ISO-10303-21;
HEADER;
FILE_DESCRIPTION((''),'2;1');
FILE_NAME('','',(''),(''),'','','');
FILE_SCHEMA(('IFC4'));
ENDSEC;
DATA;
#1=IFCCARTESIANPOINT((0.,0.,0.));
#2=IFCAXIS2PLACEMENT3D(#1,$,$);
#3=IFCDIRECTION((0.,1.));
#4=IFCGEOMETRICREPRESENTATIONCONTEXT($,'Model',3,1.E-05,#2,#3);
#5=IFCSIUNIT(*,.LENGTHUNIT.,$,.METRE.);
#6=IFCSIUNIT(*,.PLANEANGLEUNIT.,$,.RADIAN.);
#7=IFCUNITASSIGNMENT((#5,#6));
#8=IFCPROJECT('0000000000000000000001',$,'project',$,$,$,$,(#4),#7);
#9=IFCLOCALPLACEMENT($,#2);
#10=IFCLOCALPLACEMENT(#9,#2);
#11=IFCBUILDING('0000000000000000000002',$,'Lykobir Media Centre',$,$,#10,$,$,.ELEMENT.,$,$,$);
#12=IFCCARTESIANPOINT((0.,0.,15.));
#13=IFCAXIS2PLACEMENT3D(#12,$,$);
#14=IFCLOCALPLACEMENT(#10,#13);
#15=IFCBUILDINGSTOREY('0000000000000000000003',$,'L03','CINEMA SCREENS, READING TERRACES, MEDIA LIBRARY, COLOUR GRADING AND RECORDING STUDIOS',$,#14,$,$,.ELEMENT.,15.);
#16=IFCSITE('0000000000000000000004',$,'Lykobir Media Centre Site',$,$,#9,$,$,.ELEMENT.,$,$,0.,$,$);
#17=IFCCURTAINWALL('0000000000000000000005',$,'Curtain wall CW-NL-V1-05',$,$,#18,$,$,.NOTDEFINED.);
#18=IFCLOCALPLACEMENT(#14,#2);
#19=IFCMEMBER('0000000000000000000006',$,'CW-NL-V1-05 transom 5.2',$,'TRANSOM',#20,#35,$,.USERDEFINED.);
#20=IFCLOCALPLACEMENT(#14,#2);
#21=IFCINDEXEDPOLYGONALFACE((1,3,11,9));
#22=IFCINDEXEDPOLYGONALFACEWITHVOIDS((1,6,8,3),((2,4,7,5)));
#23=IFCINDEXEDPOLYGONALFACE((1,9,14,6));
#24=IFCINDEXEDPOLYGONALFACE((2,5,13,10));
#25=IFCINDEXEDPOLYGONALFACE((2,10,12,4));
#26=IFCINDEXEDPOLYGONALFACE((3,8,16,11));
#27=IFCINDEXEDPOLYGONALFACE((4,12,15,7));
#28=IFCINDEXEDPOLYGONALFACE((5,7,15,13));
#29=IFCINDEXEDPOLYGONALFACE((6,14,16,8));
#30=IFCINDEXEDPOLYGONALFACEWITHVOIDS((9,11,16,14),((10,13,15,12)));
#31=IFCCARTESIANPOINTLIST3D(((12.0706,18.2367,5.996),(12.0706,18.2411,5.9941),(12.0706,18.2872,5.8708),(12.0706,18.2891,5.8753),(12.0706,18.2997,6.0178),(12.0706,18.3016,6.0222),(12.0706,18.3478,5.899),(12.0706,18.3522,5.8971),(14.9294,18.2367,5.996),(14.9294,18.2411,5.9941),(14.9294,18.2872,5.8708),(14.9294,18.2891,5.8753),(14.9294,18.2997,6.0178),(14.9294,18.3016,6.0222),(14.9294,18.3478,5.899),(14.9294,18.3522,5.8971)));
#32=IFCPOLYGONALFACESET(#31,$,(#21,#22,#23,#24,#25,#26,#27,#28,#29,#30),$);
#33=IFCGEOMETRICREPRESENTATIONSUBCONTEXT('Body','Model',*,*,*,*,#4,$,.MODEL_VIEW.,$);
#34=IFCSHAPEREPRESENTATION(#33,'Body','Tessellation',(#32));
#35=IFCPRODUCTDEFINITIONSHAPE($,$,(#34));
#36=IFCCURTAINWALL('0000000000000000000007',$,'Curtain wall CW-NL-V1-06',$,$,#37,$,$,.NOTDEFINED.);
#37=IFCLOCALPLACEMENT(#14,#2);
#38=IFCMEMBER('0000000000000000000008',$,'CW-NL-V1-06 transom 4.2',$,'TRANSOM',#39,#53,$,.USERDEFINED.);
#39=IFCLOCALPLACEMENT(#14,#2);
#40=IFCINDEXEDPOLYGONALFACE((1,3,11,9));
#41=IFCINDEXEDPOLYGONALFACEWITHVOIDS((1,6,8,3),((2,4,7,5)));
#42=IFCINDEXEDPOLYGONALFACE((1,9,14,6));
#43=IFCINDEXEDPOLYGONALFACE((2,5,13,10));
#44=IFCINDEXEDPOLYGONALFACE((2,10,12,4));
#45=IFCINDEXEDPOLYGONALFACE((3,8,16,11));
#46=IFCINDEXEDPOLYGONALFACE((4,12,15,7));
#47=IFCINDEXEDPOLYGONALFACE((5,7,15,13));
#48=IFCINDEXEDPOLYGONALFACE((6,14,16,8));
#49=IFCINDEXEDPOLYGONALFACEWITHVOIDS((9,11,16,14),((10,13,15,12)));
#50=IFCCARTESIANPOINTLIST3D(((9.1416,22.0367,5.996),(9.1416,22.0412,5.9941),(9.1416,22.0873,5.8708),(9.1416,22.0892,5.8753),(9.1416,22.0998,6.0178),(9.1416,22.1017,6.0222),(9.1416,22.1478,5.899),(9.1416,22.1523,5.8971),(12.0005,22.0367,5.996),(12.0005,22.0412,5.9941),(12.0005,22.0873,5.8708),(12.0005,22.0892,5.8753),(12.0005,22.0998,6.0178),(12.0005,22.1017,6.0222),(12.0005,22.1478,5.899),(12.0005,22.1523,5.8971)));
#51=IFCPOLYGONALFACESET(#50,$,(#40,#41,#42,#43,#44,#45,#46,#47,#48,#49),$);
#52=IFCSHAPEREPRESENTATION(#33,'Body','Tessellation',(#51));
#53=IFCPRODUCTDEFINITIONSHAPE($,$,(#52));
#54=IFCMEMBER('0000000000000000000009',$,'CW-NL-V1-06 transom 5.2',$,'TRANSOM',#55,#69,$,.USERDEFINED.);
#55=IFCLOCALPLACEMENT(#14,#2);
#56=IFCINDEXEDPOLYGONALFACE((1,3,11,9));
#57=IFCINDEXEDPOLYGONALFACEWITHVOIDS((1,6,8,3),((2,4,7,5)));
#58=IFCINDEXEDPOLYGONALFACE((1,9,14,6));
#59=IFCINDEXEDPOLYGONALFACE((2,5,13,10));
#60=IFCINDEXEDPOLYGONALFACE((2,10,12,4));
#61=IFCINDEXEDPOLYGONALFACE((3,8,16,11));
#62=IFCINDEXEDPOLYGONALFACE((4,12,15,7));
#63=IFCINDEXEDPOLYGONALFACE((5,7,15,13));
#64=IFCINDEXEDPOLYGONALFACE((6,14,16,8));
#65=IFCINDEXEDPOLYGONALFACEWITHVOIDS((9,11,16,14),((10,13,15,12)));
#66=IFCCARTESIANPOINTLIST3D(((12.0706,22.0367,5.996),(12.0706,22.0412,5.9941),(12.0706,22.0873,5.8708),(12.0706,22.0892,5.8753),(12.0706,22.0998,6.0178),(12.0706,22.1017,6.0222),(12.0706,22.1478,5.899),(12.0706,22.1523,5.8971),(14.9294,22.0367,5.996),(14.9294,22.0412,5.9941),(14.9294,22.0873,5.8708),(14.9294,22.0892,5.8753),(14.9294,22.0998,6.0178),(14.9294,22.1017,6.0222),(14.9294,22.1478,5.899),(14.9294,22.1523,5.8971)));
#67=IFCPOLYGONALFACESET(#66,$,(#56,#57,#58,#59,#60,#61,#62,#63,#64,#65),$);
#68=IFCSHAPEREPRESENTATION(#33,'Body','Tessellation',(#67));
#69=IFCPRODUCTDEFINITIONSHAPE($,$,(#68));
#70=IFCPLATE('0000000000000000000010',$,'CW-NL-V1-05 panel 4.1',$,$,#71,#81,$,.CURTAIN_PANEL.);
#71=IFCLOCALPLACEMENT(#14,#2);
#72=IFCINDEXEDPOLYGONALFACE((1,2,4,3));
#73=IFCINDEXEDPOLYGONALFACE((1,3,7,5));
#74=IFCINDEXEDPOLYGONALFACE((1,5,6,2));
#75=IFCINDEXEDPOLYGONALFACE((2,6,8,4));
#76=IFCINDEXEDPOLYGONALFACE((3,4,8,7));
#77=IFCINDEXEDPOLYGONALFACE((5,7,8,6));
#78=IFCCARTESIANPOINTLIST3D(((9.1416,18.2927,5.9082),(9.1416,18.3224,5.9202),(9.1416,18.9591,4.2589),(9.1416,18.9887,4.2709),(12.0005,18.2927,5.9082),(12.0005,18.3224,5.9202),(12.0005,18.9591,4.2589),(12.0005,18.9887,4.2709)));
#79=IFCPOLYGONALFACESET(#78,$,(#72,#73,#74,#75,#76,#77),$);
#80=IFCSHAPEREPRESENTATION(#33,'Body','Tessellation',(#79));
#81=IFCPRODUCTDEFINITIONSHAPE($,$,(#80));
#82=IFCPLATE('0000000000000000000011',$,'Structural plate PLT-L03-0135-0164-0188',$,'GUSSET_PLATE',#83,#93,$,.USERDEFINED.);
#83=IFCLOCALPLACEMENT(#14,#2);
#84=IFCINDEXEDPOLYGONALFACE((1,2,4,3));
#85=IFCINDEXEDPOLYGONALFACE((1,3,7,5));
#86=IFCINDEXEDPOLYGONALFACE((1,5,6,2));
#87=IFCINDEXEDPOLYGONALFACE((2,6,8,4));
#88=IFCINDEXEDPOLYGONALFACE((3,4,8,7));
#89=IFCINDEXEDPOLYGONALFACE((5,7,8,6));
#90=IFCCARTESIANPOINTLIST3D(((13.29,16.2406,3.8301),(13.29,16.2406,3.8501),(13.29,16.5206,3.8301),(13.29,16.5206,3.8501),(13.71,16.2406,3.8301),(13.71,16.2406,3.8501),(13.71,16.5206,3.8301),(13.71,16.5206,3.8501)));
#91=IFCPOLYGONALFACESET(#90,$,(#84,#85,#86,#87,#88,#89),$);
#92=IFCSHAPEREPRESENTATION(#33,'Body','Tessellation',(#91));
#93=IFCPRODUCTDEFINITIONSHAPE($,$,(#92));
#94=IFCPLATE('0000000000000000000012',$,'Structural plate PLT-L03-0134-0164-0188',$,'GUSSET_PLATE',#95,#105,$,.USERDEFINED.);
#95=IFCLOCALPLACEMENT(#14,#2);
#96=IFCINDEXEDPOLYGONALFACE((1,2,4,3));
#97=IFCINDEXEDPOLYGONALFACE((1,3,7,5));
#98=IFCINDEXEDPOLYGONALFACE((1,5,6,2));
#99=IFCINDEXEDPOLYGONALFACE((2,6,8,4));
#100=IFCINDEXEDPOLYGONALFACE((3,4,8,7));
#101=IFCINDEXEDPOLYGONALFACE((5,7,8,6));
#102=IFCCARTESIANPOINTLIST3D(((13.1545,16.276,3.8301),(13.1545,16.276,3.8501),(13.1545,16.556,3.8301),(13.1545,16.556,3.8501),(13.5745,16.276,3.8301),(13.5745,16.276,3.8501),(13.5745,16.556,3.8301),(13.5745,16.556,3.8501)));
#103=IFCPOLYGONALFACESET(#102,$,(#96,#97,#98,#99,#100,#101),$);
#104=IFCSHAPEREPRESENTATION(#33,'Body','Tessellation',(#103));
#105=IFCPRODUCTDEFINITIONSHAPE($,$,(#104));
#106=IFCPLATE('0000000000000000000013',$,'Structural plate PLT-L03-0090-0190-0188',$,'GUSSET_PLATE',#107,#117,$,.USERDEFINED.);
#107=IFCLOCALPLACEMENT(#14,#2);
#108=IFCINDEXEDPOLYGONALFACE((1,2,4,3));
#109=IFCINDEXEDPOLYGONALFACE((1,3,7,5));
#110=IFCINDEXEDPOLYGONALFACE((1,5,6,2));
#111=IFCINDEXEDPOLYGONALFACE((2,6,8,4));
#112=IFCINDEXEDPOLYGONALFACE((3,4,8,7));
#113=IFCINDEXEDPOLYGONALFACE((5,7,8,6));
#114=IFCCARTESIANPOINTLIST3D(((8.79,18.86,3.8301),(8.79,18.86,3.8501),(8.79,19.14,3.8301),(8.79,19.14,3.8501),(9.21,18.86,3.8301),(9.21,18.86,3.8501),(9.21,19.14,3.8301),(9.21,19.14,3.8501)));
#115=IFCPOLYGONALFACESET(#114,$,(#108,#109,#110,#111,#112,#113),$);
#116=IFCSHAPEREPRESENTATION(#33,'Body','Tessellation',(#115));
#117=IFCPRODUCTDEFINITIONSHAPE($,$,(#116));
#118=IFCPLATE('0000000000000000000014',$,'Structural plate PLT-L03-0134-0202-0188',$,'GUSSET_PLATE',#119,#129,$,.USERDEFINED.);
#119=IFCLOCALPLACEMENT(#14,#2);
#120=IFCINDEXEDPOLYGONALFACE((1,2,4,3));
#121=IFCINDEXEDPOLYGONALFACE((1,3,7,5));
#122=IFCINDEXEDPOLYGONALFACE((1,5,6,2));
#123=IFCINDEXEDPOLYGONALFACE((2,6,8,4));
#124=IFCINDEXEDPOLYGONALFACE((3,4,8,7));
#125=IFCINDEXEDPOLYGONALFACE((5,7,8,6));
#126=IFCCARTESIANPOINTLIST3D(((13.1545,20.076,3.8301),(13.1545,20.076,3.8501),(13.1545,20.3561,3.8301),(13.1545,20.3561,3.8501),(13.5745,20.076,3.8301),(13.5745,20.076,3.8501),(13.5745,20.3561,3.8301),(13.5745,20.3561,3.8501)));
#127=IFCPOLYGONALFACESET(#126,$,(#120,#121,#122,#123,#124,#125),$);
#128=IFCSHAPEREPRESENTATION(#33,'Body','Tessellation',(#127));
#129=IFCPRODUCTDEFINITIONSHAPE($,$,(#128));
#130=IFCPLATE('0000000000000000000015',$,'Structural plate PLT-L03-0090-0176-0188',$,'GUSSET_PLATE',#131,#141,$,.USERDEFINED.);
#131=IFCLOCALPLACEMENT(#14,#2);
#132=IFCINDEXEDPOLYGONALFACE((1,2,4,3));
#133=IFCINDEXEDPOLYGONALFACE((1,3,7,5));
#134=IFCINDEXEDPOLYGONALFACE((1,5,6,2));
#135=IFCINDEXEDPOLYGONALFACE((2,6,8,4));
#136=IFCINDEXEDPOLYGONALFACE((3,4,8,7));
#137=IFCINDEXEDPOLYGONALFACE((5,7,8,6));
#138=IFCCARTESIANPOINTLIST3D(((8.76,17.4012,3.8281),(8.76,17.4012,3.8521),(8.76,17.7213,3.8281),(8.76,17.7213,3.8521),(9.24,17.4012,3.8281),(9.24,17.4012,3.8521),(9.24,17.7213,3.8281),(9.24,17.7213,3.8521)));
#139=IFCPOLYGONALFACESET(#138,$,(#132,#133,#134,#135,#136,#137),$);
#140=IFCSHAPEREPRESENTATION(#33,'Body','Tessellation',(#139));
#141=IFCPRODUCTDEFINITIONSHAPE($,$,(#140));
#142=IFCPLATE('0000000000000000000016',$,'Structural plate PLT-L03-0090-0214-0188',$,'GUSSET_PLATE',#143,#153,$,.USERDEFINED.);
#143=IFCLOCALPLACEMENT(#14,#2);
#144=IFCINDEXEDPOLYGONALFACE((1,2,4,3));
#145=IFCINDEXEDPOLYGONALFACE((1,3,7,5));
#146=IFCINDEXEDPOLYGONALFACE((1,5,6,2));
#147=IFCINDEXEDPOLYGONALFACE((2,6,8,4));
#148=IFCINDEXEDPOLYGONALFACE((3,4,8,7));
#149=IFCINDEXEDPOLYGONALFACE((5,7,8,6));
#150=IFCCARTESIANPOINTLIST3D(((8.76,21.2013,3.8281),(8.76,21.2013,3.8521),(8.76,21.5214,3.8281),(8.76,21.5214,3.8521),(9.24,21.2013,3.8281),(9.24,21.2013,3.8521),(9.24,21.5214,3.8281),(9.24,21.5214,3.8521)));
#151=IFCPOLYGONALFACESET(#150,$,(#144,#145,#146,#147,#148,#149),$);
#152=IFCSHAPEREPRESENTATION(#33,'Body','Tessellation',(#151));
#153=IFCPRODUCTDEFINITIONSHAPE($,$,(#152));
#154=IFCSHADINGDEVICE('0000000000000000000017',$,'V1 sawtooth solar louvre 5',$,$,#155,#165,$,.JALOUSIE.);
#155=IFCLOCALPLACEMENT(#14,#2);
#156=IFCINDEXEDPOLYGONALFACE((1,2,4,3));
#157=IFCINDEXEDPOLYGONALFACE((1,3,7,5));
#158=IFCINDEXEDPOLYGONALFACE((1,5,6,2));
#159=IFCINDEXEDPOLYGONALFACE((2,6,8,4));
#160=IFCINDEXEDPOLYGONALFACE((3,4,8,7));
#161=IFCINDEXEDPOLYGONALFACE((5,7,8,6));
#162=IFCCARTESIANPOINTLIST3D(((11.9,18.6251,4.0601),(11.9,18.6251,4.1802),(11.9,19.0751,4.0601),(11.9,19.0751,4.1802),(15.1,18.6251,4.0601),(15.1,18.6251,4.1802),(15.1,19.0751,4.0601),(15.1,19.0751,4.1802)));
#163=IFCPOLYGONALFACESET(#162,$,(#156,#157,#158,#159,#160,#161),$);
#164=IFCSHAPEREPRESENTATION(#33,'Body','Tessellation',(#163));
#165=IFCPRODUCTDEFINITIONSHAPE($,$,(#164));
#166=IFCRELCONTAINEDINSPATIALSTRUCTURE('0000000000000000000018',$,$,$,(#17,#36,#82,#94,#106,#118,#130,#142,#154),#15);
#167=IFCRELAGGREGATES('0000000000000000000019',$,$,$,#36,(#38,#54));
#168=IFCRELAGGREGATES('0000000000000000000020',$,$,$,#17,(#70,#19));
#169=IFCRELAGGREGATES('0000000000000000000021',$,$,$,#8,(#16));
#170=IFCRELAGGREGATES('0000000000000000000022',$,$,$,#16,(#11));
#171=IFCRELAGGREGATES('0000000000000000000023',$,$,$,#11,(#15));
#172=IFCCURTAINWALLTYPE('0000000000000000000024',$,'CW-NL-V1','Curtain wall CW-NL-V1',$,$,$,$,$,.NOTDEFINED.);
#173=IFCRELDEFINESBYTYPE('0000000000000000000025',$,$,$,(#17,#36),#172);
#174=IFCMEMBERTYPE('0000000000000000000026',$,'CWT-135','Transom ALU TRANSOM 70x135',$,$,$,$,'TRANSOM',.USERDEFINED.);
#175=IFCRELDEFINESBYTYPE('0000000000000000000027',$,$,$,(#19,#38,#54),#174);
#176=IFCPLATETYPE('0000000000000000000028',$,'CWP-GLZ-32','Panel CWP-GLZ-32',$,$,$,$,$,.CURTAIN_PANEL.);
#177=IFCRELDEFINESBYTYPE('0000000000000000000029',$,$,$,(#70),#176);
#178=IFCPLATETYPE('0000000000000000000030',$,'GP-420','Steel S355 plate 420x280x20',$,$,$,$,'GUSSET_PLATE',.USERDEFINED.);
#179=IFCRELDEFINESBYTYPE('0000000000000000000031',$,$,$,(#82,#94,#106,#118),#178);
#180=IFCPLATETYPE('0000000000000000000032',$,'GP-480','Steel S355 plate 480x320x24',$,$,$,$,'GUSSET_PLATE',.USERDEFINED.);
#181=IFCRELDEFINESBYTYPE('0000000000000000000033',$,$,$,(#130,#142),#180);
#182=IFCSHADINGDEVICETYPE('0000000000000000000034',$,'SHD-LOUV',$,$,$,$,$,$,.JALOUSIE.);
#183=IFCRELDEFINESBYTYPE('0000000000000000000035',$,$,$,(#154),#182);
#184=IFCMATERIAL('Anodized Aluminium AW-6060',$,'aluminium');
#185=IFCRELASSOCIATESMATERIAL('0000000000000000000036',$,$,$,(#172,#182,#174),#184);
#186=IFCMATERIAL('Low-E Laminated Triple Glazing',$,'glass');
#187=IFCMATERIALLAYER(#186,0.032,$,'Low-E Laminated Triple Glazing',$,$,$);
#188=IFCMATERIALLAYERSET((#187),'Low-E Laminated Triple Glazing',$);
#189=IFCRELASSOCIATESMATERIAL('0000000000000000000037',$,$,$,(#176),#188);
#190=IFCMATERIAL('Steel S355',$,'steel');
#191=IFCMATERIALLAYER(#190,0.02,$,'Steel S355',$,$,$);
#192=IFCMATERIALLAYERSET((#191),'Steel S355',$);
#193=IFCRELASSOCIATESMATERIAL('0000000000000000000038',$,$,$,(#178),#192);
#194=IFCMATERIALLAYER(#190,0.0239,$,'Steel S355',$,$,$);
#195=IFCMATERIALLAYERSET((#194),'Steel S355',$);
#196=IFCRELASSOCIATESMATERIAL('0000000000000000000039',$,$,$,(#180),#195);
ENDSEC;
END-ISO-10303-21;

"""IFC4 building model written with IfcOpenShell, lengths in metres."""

from ifc_helpers import new_model, si_unit, direction, frame, origin, origin_2d, place, context, subcontext, project, spatial, rectangle, hollow_rectangle, extrude, material, layer, layer_set, material_profile, profile_set, type_object, element, aggregate, save


model = new_model("IFC4")

# Units and contexts
model_context = context("Model", 3, precision=1e-05, world=origin(), true_north=direction((0.0, 1.0)))
body_context = subcontext(model_context, "Body", "Model", "MODEL_VIEW")
ifc_project = project(units=[si_unit("LENGTHUNIT", "METRE"), si_unit("PLANEANGLEUNIT", "RADIAN")], contexts=[model_context])

# Site, building, storey
site_placement = place(None, origin())
site = spatial("IfcSite", under=ifc_project, at=site_placement, Name="Lykobir Media Centre Site", CompositionType="ELEMENT", RefElevation=0.0)
building_placement = place(site_placement, origin())
building = spatial("IfcBuilding", under=site, at=building_placement, Name="Lykobir Media Centre", CompositionType="ELEMENT")
storey_placement = place(building_placement, frame((0.0, 0.0, 15.0)))
storey = spatial("IfcBuildingStorey", under=building, at=storey_placement, Name="L03", Description="CINEMA SCREENS, READING TERRACES, MEDIA LIBRARY, COLOUR GRADING AND RECORDING STUDIOS", CompositionType="ELEMENT", Elevation=15.0)

# Shared definitions
ifc_material_1 = material(Name="Steel S355", Category="steel")

# Curtain walls, members
ifc_material_2 = material(Name="Anodized Aluminium AW-6060", Category="aluminium")
curtain_wall_type = type_object("IfcCurtainWallType", Name="CW-NL-V1", Description="Curtain wall CW-NL-V1", PredefinedType="NOTDEFINED", material=ifc_material_2)
curtain_wall_1_placement = place(storey_placement, origin())
curtain_wall_1 = element("IfcCurtainWall", 1, at=curtain_wall_1_placement, inside=storey, type_object=curtain_wall_type, Name="Curtain wall CW-NL-V1-05", PredefinedType="NOTDEFINED")
ifc_material_profile_1 = material_profile(ifc_material_2, hollow_rectangle(XDim=0.0701, YDim=0.135, WallThickness=0.0034, at=origin_2d()), Name="ALU TRANSOM 70x135")
ifc_profile_set_1 = profile_set([ifc_material_profile_1], Name="Anodized Aluminium AW-6060")
member_type_1 = type_object("IfcMemberType", Name="CWT-135", Description="Transom ALU TRANSOM 70x135", ElementType="TRANSOM", PredefinedType="USERDEFINED", material=ifc_profile_set_1)
member_1_placement = place(storey_placement, frame((12.0706, 18.2944, 5.9465), z_axis=(1.0, 0.0, 0.0), x_axis=(0.0, 0.927184, 0.374607)))
member_1 = element("IfcMember", 2, at=member_1_placement, type_object=member_type_1, Name="CW-NL-V1-05 transom 5.2", ObjectType="TRANSOM", PredefinedType="USERDEFINED", context=body_context, shape_type="SweptSolid", body=[
    extrude(hollow_rectangle(XDim=0.0701, YDim=0.135, WallThickness=0.0034, at=origin_2d()), origin(), (0.0, 0.0, 1.0), 2.8589),
])
curtain_wall_2_placement = place(storey_placement, origin())
curtain_wall_2 = element("IfcCurtainWall", 3, at=curtain_wall_2_placement, inside=storey, type_object=curtain_wall_type, Name="Curtain wall CW-NL-V1-06", PredefinedType="NOTDEFINED")
member_2_placement = place(storey_placement, frame((9.1416, 22.0945, 5.9465), z_axis=(1.0, 0.0, 0.0), x_axis=(0.0, 0.927184, 0.374607)))
member_2 = element("IfcMember", 4, at=member_2_placement, type_object=member_type_1, Name="CW-NL-V1-06 transom 4.2", ObjectType="TRANSOM", PredefinedType="USERDEFINED", context=body_context, shape_type="SweptSolid", body=[
    extrude(hollow_rectangle(XDim=0.0701, YDim=0.135, WallThickness=0.0034, at=origin_2d()), origin(), (0.0, 0.0, 1.0), 2.8589),
])
member_3_placement = place(storey_placement, frame((12.0706, 22.0945, 5.9465), z_axis=(1.0, 0.0, 0.0), x_axis=(0.0, 0.927184, 0.374607)))
member_3 = element("IfcMember", 5, at=member_3_placement, type_object=member_type_1, Name="CW-NL-V1-06 transom 5.2", ObjectType="TRANSOM", PredefinedType="USERDEFINED", context=body_context, shape_type="SweptSolid", body=[
    extrude(hollow_rectangle(XDim=0.0701, YDim=0.135, WallThickness=0.0034, at=origin_2d()), origin(), (0.0, 0.0, 1.0), 2.8589),
])
aggregate(curtain_wall_2, [member_2, member_3])

# Plate
ifc_material_3 = material(Name="Low-E Laminated Triple Glazing", Category="glass")
ifc_layer_1 = layer(ifc_material_3, 0.032, Name="Low-E Laminated Triple Glazing")
ifc_layer_set_1 = layer_set([ifc_layer_1], Name="Low-E Laminated Triple Glazing")
plate_type_1 = type_object("IfcPlateType", Name="CWP-GLZ-32", Description="Panel CWP-GLZ-32", PredefinedType="CURTAIN_PANEL", material=ifc_layer_set_1)
plate_placement = place(storey_placement, frame((10.571, 18.9739, 4.2649), z_axis=(0.0, -0.374607, 0.927184), x_axis=(1.0, 0.0, 0.0)))
plate = element("IfcPlate", 6, at=plate_placement, type_object=plate_type_1, Name="CW-NL-V1-05 panel 4.1", PredefinedType="CURTAIN_PANEL", context=body_context, shape_type="SweptSolid", body=[
    extrude(rectangle(XDim=2.8589, YDim=0.032, at=origin_2d()), origin(), (0.0, 0.0, 1.0), 1.7788),
])
aggregate(curtain_wall_1, [plate, member_1])

# Plates
ifc_layer_2 = layer(ifc_material_1, 0.02, Name="Steel S355")
ifc_layer_set_2 = layer_set([ifc_layer_2], Name="Steel S355")
plate_type_2 = type_object("IfcPlateType", Name="GP-420", Description="Steel S355 plate 420x280x20", ElementType="GUSSET_PLATE", PredefinedType="USERDEFINED", material=ifc_layer_set_2)
for number, where, z_axis, x_axis, name in (
    (7, (13.5, 16.3806, 3.8301), (0.0, 0.0, 1.0), (1.0, 0.0, 0.0), "Structural plate PLT-L03-0135-0164-0188"),
    (8, (13.3645, 16.416, 3.8301), (0.0, 0.0, 1.0), (1.0, 0.0, 0.0), "Structural plate PLT-L03-0134-0164-0188"),
    (9, (9.0, 19.0, 3.8301), (0.0, 0.0, 1.0), (1.0, 0.0, 0.0), "Structural plate PLT-L03-0090-0190-0188"),
    (10, (13.3645, 20.2161, 3.8301), (0.0, 0.0, 1.0), (1.0, 0.0, 0.0), "Structural plate PLT-L03-0134-0202-0188"),
):
    element("IfcPlate", number, at=place(storey_placement, frame(where, z_axis=z_axis, x_axis=x_axis)), inside=storey, type_object=plate_type_2, Name=name, ObjectType="GUSSET_PLATE", PredefinedType="USERDEFINED", context=body_context, shape_type="SweptSolid", body=[
        extrude(rectangle(XDim=0.4199, YDim=0.28, at=origin_2d()), origin(), (0.0, 0.0, 1.0), 0.02),
    ])
ifc_layer_3 = layer(ifc_material_1, 0.0239, Name="Steel S355")
ifc_layer_set_3 = layer_set([ifc_layer_3], Name="Steel S355")
plate_type_3 = type_object("IfcPlateType", Name="GP-480", Description="Steel S355 plate 480x320x24", ElementType="GUSSET_PLATE", PredefinedType="USERDEFINED", material=ifc_layer_set_3)
for number, where, z_axis, x_axis, name in (
    (11, (9.0, 17.5613, 3.8281), (0.0, 0.0, 1.0), (1.0, 0.0, 0.0), "Structural plate PLT-L03-0090-0176-0188"),
    (12, (9.0, 21.3613, 3.8281), (0.0, 0.0, 1.0), (1.0, 0.0, 0.0), "Structural plate PLT-L03-0090-0214-0188"),
):
    element("IfcPlate", number, at=place(storey_placement, frame(where, z_axis=z_axis, x_axis=x_axis)), inside=storey, type_object=plate_type_3, Name=name, ObjectType="GUSSET_PLATE", PredefinedType="USERDEFINED", context=body_context, shape_type="SweptSolid", body=[
        extrude(rectangle(XDim=0.48, YDim=0.3201, at=origin_2d()), origin(), (0.0, 0.0, 1.0), 0.0239),
    ])

# Shading device
shading_device_type = type_object("IfcShadingDeviceType", Name="SHD-LOUV", PredefinedType="JALOUSIE", material=ifc_material_2)
shading_device_placement = place(storey_placement, frame((13.5, 18.8501, 4.0601), z_axis=(0.0, 0.0, 1.0), x_axis=(1.0, 0.0, 0.0)))
element("IfcShadingDevice", 13, at=shading_device_placement, inside=storey, type_object=shading_device_type, Name="V1 sawtooth solar louvre 5", PredefinedType="JALOUSIE", context=body_context, shape_type="SweptSolid", body=[
    extrude(rectangle(XDim=3.2, YDim=0.45, at=origin_2d()), origin(), (0.0, 0.0, 1.0), 0.1201),
])

save(model, "model.ifc")
